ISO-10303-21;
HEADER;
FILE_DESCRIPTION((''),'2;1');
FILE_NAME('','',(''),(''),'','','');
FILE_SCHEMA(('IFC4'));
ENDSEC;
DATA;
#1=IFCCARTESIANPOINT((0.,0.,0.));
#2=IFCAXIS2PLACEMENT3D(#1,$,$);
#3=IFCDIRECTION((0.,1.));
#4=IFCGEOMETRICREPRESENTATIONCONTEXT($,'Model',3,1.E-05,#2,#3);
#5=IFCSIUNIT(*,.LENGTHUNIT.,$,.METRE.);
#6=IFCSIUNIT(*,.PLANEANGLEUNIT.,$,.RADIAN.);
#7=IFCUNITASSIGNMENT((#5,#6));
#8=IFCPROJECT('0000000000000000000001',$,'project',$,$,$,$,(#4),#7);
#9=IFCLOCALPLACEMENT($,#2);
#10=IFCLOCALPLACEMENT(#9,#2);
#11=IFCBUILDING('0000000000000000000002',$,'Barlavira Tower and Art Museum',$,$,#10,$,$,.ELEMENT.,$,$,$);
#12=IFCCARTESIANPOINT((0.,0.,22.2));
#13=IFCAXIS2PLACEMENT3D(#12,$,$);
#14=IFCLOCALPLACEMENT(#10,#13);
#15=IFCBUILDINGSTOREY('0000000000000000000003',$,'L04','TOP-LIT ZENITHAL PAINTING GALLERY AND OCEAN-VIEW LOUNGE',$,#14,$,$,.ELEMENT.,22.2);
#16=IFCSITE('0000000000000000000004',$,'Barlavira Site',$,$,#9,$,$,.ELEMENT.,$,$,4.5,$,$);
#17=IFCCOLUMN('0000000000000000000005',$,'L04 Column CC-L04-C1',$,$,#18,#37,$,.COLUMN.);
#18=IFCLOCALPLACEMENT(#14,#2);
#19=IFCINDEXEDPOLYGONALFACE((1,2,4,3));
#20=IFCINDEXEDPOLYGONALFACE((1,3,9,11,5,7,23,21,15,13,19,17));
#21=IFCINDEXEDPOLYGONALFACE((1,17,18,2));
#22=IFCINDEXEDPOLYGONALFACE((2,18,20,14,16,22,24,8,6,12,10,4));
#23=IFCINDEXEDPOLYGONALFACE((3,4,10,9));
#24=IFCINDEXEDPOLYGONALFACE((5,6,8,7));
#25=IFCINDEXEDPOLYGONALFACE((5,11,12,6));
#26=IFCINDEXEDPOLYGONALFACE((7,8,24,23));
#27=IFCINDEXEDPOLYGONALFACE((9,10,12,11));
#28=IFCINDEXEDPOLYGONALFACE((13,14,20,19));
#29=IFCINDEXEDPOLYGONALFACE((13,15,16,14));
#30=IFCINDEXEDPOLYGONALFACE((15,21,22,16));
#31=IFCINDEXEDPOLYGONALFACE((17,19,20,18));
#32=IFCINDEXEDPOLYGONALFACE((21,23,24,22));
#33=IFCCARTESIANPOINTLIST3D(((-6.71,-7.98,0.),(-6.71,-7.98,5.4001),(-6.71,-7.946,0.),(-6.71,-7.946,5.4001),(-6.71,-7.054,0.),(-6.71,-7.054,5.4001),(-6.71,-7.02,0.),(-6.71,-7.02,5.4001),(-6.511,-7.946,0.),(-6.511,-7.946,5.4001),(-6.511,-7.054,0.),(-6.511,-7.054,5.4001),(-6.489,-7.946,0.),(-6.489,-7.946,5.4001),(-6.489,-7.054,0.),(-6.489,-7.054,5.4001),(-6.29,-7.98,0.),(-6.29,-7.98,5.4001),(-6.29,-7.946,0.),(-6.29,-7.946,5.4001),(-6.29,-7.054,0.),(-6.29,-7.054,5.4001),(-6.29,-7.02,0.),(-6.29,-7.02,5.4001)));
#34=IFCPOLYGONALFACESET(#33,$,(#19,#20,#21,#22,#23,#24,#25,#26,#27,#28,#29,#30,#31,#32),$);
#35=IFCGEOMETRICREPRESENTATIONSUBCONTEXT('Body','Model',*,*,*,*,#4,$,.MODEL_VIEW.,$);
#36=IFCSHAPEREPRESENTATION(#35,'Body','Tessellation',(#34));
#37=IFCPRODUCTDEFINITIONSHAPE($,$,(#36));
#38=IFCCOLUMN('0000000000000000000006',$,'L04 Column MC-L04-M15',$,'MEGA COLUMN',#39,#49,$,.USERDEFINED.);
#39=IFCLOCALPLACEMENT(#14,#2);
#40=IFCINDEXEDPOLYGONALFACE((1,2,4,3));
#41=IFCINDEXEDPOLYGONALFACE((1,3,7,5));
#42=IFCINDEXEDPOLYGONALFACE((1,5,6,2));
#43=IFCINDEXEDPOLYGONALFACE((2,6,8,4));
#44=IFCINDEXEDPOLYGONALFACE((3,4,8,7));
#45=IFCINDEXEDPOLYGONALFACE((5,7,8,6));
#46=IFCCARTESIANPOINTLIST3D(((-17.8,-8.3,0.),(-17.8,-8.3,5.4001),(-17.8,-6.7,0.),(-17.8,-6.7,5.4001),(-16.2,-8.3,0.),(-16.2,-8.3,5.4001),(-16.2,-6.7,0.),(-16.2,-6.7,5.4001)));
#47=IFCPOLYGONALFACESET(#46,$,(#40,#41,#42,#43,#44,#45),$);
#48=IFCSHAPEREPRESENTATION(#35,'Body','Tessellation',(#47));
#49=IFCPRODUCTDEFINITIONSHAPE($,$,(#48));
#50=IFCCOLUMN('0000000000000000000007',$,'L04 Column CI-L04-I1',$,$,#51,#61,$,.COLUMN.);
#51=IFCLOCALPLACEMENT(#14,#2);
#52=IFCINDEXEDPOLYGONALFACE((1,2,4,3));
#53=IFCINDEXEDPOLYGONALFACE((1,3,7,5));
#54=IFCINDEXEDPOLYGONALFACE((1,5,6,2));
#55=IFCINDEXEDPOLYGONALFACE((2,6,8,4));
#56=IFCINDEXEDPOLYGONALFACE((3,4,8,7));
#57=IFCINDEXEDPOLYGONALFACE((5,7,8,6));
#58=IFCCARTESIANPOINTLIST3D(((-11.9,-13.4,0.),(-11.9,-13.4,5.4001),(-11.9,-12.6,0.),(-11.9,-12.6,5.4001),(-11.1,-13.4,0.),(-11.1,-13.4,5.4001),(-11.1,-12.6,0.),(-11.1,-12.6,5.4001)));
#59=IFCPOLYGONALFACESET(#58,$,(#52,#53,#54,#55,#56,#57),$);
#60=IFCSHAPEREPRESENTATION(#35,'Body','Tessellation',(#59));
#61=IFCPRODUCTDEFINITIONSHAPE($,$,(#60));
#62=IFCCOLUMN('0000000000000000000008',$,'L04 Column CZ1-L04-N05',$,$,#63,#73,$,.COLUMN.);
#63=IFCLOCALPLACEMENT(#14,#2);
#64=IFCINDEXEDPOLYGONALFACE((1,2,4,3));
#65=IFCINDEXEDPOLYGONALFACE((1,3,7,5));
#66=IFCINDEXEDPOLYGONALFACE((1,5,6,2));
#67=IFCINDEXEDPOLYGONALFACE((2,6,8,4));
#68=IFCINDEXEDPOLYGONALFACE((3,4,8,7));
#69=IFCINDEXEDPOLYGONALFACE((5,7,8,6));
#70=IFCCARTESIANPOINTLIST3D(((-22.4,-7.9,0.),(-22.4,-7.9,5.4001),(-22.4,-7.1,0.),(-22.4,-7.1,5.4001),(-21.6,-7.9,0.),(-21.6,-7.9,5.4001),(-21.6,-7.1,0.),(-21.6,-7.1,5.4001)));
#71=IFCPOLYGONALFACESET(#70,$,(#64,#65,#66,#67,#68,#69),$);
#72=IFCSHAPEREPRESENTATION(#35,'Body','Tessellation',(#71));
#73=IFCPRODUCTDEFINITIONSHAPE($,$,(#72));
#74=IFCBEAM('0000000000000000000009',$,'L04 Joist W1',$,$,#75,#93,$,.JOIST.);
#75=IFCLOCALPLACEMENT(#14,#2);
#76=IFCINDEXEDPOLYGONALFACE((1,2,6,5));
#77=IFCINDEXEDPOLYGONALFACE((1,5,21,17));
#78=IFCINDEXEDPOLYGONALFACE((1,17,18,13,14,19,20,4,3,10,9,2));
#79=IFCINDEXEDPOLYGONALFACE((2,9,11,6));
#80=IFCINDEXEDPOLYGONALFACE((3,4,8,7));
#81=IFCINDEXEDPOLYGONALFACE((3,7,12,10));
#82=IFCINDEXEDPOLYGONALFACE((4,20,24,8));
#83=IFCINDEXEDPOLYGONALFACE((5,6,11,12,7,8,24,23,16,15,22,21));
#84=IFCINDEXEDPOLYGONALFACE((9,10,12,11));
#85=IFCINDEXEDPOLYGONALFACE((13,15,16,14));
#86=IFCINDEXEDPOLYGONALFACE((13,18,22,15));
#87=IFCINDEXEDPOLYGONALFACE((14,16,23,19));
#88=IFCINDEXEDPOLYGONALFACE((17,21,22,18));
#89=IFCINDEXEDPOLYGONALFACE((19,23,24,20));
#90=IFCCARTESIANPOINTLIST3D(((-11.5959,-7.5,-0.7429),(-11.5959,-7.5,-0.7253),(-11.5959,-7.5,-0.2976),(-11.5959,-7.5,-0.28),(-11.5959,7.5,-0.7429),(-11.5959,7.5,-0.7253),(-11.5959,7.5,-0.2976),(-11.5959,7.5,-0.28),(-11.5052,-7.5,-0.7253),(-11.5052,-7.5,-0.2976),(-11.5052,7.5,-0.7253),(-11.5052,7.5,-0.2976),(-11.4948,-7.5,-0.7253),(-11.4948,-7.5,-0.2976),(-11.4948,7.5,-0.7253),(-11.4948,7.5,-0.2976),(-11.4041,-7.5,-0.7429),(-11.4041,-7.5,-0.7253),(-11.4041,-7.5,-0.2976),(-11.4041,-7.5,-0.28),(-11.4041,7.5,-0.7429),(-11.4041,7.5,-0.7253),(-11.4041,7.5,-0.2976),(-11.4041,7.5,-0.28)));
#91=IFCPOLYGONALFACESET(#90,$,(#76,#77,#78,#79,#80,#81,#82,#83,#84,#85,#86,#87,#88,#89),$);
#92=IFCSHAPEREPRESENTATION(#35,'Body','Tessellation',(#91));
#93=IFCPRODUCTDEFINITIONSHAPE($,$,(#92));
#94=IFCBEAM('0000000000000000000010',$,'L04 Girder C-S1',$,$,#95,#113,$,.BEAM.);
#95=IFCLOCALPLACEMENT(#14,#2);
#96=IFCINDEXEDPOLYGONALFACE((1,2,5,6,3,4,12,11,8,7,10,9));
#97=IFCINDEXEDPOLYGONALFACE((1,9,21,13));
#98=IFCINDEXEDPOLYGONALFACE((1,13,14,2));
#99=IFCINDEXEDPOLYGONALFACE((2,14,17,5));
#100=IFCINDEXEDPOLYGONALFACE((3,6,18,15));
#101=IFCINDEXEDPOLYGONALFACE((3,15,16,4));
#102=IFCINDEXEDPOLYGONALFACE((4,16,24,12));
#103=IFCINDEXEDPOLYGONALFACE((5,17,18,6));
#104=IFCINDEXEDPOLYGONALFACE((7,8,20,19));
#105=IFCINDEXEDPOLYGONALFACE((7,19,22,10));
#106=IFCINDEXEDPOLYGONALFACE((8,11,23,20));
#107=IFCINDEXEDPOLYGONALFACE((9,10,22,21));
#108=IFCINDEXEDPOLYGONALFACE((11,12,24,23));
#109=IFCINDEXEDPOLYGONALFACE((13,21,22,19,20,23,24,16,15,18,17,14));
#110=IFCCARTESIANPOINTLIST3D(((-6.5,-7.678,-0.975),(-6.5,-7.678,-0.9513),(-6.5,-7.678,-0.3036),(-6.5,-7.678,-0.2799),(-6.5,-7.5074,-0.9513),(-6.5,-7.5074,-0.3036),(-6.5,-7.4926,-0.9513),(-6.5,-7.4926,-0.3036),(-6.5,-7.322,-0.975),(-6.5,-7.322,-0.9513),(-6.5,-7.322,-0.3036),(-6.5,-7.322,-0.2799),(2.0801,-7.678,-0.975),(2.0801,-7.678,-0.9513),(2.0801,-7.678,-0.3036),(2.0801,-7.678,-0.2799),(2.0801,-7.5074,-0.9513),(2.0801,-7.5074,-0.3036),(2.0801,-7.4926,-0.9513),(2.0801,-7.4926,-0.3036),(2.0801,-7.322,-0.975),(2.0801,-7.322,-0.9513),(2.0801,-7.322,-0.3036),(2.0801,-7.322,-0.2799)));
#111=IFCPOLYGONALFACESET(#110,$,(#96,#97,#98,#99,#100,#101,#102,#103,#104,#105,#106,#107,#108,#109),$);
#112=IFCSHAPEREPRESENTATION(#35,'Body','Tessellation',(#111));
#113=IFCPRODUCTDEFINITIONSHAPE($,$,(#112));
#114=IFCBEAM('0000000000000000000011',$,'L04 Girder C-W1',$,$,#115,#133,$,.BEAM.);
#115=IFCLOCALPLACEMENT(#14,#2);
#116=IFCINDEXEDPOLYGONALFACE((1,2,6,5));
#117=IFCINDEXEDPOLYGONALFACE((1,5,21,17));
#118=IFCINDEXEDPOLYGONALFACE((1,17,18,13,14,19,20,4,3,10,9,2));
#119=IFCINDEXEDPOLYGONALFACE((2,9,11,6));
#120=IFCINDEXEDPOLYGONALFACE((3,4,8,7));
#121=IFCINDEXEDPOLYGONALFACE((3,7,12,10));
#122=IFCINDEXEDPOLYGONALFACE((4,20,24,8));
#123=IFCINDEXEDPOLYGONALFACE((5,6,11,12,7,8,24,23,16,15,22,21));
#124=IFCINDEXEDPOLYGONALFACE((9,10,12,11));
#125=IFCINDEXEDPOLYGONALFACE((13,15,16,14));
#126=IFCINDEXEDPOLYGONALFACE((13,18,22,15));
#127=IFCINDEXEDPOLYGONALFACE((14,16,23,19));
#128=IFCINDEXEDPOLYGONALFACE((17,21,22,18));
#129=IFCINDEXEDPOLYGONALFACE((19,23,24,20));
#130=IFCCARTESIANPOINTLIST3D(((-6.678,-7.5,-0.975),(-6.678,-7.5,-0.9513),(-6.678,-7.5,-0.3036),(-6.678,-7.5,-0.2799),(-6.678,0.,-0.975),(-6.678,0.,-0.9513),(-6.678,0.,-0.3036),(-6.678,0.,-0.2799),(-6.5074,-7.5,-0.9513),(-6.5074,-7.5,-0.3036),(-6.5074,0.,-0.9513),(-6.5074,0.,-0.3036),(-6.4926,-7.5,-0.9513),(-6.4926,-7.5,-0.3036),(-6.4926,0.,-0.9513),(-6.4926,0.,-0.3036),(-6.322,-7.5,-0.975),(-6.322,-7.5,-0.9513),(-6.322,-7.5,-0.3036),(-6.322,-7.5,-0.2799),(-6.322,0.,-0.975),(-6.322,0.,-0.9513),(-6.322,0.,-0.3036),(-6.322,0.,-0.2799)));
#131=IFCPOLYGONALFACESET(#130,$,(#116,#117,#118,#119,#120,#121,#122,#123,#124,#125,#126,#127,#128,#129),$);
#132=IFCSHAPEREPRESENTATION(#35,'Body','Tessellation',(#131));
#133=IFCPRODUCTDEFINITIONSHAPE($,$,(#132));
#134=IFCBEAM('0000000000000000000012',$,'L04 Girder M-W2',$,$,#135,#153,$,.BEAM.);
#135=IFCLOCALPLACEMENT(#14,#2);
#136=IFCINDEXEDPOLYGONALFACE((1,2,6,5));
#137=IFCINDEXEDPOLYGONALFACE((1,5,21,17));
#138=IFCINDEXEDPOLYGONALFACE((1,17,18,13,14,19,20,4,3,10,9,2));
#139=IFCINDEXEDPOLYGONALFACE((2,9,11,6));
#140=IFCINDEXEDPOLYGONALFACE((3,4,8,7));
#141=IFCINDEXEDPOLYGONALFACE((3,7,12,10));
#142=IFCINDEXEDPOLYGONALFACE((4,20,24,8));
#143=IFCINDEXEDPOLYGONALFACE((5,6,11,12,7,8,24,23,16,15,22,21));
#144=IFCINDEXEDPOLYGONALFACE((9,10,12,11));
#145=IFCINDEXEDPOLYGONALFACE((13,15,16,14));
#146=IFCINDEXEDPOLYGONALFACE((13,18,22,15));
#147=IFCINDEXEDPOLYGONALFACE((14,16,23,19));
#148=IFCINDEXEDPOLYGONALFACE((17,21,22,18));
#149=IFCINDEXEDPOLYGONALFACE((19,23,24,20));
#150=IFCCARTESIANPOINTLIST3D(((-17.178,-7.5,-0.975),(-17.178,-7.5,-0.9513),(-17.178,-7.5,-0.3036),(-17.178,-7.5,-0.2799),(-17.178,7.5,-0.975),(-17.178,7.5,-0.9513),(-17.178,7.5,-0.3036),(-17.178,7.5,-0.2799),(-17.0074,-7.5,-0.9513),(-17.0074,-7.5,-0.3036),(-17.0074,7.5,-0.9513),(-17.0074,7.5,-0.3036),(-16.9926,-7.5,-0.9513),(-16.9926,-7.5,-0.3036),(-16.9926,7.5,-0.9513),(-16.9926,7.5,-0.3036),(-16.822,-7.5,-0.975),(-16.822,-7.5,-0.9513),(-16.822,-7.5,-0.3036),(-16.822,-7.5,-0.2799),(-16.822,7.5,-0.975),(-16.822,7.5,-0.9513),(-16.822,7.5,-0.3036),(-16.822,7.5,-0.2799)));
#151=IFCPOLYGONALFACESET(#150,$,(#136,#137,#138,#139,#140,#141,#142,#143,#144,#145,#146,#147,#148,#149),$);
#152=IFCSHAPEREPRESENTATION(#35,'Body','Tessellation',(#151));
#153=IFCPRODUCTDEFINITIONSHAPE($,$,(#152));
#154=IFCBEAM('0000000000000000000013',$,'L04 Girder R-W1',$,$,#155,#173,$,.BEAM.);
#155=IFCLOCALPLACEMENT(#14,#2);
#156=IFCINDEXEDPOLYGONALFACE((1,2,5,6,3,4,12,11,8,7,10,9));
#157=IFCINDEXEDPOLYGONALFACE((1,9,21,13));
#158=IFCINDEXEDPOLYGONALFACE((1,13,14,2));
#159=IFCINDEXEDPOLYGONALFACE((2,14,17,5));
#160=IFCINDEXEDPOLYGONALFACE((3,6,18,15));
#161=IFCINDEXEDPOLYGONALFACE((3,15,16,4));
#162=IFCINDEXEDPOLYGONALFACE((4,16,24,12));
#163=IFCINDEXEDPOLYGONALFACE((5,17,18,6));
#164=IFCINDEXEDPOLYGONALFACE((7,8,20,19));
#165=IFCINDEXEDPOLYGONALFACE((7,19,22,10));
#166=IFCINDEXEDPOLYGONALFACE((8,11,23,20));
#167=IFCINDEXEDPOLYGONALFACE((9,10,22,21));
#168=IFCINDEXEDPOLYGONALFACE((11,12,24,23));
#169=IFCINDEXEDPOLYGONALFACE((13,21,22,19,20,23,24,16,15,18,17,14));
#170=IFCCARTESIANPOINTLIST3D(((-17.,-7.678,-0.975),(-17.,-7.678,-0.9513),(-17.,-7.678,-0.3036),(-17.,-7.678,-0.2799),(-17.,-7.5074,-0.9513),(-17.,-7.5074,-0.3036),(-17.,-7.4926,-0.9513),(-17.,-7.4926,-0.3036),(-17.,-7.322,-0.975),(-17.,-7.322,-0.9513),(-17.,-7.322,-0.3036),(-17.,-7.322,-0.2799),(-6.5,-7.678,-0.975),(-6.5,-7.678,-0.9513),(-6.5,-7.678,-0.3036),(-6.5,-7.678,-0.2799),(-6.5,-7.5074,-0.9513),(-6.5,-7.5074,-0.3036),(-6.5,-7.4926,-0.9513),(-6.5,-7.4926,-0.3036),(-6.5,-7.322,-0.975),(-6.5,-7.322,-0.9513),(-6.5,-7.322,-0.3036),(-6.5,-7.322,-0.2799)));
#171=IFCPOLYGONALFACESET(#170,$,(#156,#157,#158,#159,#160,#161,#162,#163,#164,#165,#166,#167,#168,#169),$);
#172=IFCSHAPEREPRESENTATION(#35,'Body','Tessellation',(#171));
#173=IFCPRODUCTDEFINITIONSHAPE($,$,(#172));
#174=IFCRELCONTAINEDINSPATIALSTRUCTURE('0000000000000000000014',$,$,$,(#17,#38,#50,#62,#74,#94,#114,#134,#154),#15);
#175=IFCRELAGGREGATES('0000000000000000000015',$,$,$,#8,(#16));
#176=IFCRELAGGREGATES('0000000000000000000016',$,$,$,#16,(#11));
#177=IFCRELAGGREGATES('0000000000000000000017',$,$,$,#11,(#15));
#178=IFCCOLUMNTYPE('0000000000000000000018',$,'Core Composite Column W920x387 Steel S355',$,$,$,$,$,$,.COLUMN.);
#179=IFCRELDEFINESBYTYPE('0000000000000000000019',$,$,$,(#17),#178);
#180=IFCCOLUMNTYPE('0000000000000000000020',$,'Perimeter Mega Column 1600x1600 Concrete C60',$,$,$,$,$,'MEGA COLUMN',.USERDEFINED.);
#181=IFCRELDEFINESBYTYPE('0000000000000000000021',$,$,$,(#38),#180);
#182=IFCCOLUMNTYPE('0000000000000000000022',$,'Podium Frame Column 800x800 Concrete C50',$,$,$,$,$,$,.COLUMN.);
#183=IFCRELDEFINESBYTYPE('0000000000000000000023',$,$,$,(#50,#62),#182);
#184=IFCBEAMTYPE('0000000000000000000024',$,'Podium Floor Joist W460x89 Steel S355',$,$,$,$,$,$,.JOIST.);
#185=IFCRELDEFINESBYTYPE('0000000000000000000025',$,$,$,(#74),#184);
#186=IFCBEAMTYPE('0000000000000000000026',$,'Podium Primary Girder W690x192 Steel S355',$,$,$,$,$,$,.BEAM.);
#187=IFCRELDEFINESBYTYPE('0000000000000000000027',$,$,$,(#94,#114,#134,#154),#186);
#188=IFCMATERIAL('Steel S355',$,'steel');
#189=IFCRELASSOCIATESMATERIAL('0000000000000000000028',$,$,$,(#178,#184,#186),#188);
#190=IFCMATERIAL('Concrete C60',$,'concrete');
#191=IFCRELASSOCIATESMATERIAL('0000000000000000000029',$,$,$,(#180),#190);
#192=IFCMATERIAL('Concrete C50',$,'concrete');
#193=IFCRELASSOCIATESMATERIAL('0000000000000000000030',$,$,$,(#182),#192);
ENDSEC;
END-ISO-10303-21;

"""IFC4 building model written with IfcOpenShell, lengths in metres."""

from ifc_helpers import new_model, si_unit, direction, frame, origin, origin_2d, place, context, subcontext, project, spatial, rectangle, i_section, extrude, material, material_profile, profile_set, type_object, element, save


model = new_model("IFC4")

# Units and contexts
model_context = context("Model", 3, precision=1e-05, world=origin(), true_north=direction((0.0, 1.0)))
body_context = subcontext(model_context, "Body", "Model", "MODEL_VIEW")
ifc_project = project(units=[si_unit("LENGTHUNIT", "METRE"), si_unit("PLANEANGLEUNIT", "RADIAN")], contexts=[model_context])

# Site, building, storey
site_placement = place(None, origin())
site = spatial("IfcSite", under=ifc_project, at=site_placement, Name="Barlavira Site", CompositionType="ELEMENT", RefElevation=4.5)
building_placement = place(site_placement, origin())
building = spatial("IfcBuilding", under=site, at=building_placement, Name="Barlavira Tower and Art Museum", CompositionType="ELEMENT")
storey_placement = place(building_placement, frame((0.0, 0.0, 22.2)))
storey = spatial("IfcBuildingStorey", under=building, at=storey_placement, Name="L04", Description="TOP-LIT ZENITHAL PAINTING GALLERY AND OCEAN-VIEW LOUNGE", CompositionType="ELEMENT", Elevation=22.2)

# Columns
ifc_material_1 = material(Name="Steel S355", Category="steel")
ifc_material_profile_1 = material_profile(ifc_material_1, i_section(OverallWidth=0.4199, OverallDepth=0.96, WebThickness=0.022, FlangeThickness=0.0339, at=origin_2d()), Name="W920x387.0")
ifc_profile_set_1 = profile_set([ifc_material_profile_1], Name="Steel S355")
column_type_1 = type_object("IfcColumnType", Name="Core Composite Column W920x387 Steel S355", PredefinedType="COLUMN", material=ifc_profile_set_1)
column_1_placement = place(storey_placement, frame((-6.5, -7.5, 0.0), z_axis=(0.0, 0.0, 1.0), x_axis=(1.0, 0.0, 0.0)))
element("IfcColumn", 1, at=column_1_placement, inside=storey, type_object=column_type_1, Name="L04 Column CC-L04-C1", PredefinedType="COLUMN", context=body_context, shape_type="SweptSolid", body=[
    extrude(i_section(OverallWidth=0.4199, OverallDepth=0.96, WebThickness=0.022, FlangeThickness=0.0339, at=origin_2d()), origin(), (0.0, 0.0, 1.0), 5.4001),
])
ifc_material_2 = material(Name="Concrete C60", Category="concrete")
ifc_material_profile_2 = material_profile(ifc_material_2, rectangle(XDim=1.6001, YDim=1.6001, at=origin_2d()), Name="RC-MCOL 1600x1600")
ifc_profile_set_2 = profile_set([ifc_material_profile_2], Name="Concrete C60")
column_type_2 = type_object("IfcColumnType", Name="Perimeter Mega Column 1600x1600 Concrete C60", ElementType="MEGA COLUMN", PredefinedType="USERDEFINED", material=ifc_profile_set_2)
column_2_placement = place(storey_placement, frame((-17.0, -7.5, 0.0), z_axis=(0.0, 0.0, 1.0), x_axis=(1.0, 0.0, 0.0)))
element("IfcColumn", 2, at=column_2_placement, inside=storey, type_object=column_type_2, Name="L04 Column MC-L04-M15", ObjectType="MEGA COLUMN", PredefinedType="USERDEFINED", context=body_context, shape_type="SweptSolid", body=[
    extrude(rectangle(XDim=1.6001, YDim=1.6001, at=origin_2d()), origin(), (0.0, 0.0, 1.0), 5.4001),
])
ifc_material_3 = material(Name="Concrete C50", Category="concrete")
ifc_material_profile_3 = material_profile(ifc_material_3, rectangle(XDim=0.8, YDim=0.8, at=origin_2d()), Name="RC-COL 800x800")
ifc_profile_set_3 = profile_set([ifc_material_profile_3], Name="Concrete C50")
column_type_3 = type_object("IfcColumnType", Name="Podium Frame Column 800x800 Concrete C50", PredefinedType="COLUMN", material=ifc_profile_set_3)
for number, where, z_axis, x_axis, name in (
    (3, (-11.5, -13.0, 0.0), (0.0, 0.0, 1.0), (1.0, 0.0, 0.0), "L04 Column CI-L04-I1"),
    (4, (-22.0, -7.5, 0.0), (0.0, 0.0, 1.0), (1.0, 0.0, 0.0), "L04 Column CZ1-L04-N05"),
):
    element("IfcColumn", number, at=place(storey_placement, frame(where, z_axis=z_axis, x_axis=x_axis)), inside=storey, type_object=column_type_3, Name=name, PredefinedType="COLUMN", context=body_context, shape_type="SweptSolid", body=[
        extrude(rectangle(XDim=0.8, YDim=0.8, at=origin_2d()), origin(), (0.0, 0.0, 1.0), 5.4001),
    ])

# Beams
ifc_material_profile_4 = material_profile(ifc_material_1, i_section(OverallWidth=0.1919, OverallDepth=0.4629, WebThickness=0.0105, FlangeThickness=0.0176, at=origin_2d()), Name="W460x89.0")
ifc_profile_set_4 = profile_set([ifc_material_profile_4], Name="Steel S355")
beam_type_1 = type_object("IfcBeamType", Name="Podium Floor Joist W460x89 Steel S355", PredefinedType="JOIST", material=ifc_profile_set_4)
beam_1_placement = place(storey_placement, frame((-11.5, -7.5, -0.5115), z_axis=(0.0, 1.0, 0.0), x_axis=(-1.0, 0.0, 0.0)))
element("IfcBeam", 5, at=beam_1_placement, inside=storey, type_object=beam_type_1, Name="L04 Joist W1", PredefinedType="JOIST", context=body_context, shape_type="SweptSolid", body=[
    extrude(i_section(OverallWidth=0.1919, OverallDepth=0.4629, WebThickness=0.0105, FlangeThickness=0.0176, at=origin_2d()), origin(), (0.0, 0.0, 1.0), 15.0),
])
ifc_material_profile_5 = material_profile(ifc_material_1, i_section(OverallWidth=0.356, OverallDepth=0.6951, WebThickness=0.0149, FlangeThickness=0.0237, at=origin_2d()), Name="W690x192.0")
ifc_profile_set_5 = profile_set([ifc_material_profile_5], Name="Steel S355")
beam_type_2 = type_object("IfcBeamType", Name="Podium Primary Girder W690x192 Steel S355", PredefinedType="BEAM", material=ifc_profile_set_5)
beam_2_placement = place(storey_placement, frame((-6.5, -7.5, -0.6274), z_axis=(1.0, 0.0, 0.0), x_axis=(0.0, 1.0, 0.0)))
element("IfcBeam", 6, at=beam_2_placement, inside=storey, type_object=beam_type_2, Name="L04 Girder C-S1", PredefinedType="BEAM", context=body_context, shape_type="SweptSolid", body=[
    extrude(i_section(OverallWidth=0.356, OverallDepth=0.6951, WebThickness=0.0149, FlangeThickness=0.0237, at=origin_2d()), origin(), (0.0, 0.0, 1.0), 8.5801),
])
beam_3_placement = place(storey_placement, frame((-6.5, -7.5, -0.6274), z_axis=(0.0, 1.0, 0.0), x_axis=(-1.0, 0.0, 0.0)))
element("IfcBeam", 7, at=beam_3_placement, inside=storey, type_object=beam_type_2, Name="L04 Girder C-W1", PredefinedType="BEAM", context=body_context, shape_type="SweptSolid", body=[
    extrude(i_section(OverallWidth=0.356, OverallDepth=0.6951, WebThickness=0.0149, FlangeThickness=0.0237, at=origin_2d()), origin(), (0.0, 0.0, 1.0), 7.5),
])
beam_4_placement = place(storey_placement, frame((-17.0, -7.5, -0.6274), z_axis=(0.0, 1.0, 0.0), x_axis=(-1.0, 0.0, 0.0)))
element("IfcBeam", 8, at=beam_4_placement, inside=storey, type_object=beam_type_2, Name="L04 Girder M-W2", PredefinedType="BEAM", context=body_context, shape_type="SweptSolid", body=[
    extrude(i_section(OverallWidth=0.356, OverallDepth=0.6951, WebThickness=0.0149, FlangeThickness=0.0237, at=origin_2d()), origin(), (0.0, 0.0, 1.0), 15.0),
])
beam_5_placement = place(storey_placement, frame((-17.0, -7.5, -0.6274), z_axis=(1.0, 0.0, 0.0), x_axis=(0.0, 1.0, 0.0)))
element("IfcBeam", 9, at=beam_5_placement, inside=storey, type_object=beam_type_2, Name="L04 Girder R-W1", PredefinedType="BEAM", context=body_context, shape_type="SweptSolid", body=[
    extrude(i_section(OverallWidth=0.356, OverallDepth=0.6951, WebThickness=0.0149, FlangeThickness=0.0237, at=origin_2d()), origin(), (0.0, 0.0, 1.0), 10.5),
])

save(model, "model.ifc")
